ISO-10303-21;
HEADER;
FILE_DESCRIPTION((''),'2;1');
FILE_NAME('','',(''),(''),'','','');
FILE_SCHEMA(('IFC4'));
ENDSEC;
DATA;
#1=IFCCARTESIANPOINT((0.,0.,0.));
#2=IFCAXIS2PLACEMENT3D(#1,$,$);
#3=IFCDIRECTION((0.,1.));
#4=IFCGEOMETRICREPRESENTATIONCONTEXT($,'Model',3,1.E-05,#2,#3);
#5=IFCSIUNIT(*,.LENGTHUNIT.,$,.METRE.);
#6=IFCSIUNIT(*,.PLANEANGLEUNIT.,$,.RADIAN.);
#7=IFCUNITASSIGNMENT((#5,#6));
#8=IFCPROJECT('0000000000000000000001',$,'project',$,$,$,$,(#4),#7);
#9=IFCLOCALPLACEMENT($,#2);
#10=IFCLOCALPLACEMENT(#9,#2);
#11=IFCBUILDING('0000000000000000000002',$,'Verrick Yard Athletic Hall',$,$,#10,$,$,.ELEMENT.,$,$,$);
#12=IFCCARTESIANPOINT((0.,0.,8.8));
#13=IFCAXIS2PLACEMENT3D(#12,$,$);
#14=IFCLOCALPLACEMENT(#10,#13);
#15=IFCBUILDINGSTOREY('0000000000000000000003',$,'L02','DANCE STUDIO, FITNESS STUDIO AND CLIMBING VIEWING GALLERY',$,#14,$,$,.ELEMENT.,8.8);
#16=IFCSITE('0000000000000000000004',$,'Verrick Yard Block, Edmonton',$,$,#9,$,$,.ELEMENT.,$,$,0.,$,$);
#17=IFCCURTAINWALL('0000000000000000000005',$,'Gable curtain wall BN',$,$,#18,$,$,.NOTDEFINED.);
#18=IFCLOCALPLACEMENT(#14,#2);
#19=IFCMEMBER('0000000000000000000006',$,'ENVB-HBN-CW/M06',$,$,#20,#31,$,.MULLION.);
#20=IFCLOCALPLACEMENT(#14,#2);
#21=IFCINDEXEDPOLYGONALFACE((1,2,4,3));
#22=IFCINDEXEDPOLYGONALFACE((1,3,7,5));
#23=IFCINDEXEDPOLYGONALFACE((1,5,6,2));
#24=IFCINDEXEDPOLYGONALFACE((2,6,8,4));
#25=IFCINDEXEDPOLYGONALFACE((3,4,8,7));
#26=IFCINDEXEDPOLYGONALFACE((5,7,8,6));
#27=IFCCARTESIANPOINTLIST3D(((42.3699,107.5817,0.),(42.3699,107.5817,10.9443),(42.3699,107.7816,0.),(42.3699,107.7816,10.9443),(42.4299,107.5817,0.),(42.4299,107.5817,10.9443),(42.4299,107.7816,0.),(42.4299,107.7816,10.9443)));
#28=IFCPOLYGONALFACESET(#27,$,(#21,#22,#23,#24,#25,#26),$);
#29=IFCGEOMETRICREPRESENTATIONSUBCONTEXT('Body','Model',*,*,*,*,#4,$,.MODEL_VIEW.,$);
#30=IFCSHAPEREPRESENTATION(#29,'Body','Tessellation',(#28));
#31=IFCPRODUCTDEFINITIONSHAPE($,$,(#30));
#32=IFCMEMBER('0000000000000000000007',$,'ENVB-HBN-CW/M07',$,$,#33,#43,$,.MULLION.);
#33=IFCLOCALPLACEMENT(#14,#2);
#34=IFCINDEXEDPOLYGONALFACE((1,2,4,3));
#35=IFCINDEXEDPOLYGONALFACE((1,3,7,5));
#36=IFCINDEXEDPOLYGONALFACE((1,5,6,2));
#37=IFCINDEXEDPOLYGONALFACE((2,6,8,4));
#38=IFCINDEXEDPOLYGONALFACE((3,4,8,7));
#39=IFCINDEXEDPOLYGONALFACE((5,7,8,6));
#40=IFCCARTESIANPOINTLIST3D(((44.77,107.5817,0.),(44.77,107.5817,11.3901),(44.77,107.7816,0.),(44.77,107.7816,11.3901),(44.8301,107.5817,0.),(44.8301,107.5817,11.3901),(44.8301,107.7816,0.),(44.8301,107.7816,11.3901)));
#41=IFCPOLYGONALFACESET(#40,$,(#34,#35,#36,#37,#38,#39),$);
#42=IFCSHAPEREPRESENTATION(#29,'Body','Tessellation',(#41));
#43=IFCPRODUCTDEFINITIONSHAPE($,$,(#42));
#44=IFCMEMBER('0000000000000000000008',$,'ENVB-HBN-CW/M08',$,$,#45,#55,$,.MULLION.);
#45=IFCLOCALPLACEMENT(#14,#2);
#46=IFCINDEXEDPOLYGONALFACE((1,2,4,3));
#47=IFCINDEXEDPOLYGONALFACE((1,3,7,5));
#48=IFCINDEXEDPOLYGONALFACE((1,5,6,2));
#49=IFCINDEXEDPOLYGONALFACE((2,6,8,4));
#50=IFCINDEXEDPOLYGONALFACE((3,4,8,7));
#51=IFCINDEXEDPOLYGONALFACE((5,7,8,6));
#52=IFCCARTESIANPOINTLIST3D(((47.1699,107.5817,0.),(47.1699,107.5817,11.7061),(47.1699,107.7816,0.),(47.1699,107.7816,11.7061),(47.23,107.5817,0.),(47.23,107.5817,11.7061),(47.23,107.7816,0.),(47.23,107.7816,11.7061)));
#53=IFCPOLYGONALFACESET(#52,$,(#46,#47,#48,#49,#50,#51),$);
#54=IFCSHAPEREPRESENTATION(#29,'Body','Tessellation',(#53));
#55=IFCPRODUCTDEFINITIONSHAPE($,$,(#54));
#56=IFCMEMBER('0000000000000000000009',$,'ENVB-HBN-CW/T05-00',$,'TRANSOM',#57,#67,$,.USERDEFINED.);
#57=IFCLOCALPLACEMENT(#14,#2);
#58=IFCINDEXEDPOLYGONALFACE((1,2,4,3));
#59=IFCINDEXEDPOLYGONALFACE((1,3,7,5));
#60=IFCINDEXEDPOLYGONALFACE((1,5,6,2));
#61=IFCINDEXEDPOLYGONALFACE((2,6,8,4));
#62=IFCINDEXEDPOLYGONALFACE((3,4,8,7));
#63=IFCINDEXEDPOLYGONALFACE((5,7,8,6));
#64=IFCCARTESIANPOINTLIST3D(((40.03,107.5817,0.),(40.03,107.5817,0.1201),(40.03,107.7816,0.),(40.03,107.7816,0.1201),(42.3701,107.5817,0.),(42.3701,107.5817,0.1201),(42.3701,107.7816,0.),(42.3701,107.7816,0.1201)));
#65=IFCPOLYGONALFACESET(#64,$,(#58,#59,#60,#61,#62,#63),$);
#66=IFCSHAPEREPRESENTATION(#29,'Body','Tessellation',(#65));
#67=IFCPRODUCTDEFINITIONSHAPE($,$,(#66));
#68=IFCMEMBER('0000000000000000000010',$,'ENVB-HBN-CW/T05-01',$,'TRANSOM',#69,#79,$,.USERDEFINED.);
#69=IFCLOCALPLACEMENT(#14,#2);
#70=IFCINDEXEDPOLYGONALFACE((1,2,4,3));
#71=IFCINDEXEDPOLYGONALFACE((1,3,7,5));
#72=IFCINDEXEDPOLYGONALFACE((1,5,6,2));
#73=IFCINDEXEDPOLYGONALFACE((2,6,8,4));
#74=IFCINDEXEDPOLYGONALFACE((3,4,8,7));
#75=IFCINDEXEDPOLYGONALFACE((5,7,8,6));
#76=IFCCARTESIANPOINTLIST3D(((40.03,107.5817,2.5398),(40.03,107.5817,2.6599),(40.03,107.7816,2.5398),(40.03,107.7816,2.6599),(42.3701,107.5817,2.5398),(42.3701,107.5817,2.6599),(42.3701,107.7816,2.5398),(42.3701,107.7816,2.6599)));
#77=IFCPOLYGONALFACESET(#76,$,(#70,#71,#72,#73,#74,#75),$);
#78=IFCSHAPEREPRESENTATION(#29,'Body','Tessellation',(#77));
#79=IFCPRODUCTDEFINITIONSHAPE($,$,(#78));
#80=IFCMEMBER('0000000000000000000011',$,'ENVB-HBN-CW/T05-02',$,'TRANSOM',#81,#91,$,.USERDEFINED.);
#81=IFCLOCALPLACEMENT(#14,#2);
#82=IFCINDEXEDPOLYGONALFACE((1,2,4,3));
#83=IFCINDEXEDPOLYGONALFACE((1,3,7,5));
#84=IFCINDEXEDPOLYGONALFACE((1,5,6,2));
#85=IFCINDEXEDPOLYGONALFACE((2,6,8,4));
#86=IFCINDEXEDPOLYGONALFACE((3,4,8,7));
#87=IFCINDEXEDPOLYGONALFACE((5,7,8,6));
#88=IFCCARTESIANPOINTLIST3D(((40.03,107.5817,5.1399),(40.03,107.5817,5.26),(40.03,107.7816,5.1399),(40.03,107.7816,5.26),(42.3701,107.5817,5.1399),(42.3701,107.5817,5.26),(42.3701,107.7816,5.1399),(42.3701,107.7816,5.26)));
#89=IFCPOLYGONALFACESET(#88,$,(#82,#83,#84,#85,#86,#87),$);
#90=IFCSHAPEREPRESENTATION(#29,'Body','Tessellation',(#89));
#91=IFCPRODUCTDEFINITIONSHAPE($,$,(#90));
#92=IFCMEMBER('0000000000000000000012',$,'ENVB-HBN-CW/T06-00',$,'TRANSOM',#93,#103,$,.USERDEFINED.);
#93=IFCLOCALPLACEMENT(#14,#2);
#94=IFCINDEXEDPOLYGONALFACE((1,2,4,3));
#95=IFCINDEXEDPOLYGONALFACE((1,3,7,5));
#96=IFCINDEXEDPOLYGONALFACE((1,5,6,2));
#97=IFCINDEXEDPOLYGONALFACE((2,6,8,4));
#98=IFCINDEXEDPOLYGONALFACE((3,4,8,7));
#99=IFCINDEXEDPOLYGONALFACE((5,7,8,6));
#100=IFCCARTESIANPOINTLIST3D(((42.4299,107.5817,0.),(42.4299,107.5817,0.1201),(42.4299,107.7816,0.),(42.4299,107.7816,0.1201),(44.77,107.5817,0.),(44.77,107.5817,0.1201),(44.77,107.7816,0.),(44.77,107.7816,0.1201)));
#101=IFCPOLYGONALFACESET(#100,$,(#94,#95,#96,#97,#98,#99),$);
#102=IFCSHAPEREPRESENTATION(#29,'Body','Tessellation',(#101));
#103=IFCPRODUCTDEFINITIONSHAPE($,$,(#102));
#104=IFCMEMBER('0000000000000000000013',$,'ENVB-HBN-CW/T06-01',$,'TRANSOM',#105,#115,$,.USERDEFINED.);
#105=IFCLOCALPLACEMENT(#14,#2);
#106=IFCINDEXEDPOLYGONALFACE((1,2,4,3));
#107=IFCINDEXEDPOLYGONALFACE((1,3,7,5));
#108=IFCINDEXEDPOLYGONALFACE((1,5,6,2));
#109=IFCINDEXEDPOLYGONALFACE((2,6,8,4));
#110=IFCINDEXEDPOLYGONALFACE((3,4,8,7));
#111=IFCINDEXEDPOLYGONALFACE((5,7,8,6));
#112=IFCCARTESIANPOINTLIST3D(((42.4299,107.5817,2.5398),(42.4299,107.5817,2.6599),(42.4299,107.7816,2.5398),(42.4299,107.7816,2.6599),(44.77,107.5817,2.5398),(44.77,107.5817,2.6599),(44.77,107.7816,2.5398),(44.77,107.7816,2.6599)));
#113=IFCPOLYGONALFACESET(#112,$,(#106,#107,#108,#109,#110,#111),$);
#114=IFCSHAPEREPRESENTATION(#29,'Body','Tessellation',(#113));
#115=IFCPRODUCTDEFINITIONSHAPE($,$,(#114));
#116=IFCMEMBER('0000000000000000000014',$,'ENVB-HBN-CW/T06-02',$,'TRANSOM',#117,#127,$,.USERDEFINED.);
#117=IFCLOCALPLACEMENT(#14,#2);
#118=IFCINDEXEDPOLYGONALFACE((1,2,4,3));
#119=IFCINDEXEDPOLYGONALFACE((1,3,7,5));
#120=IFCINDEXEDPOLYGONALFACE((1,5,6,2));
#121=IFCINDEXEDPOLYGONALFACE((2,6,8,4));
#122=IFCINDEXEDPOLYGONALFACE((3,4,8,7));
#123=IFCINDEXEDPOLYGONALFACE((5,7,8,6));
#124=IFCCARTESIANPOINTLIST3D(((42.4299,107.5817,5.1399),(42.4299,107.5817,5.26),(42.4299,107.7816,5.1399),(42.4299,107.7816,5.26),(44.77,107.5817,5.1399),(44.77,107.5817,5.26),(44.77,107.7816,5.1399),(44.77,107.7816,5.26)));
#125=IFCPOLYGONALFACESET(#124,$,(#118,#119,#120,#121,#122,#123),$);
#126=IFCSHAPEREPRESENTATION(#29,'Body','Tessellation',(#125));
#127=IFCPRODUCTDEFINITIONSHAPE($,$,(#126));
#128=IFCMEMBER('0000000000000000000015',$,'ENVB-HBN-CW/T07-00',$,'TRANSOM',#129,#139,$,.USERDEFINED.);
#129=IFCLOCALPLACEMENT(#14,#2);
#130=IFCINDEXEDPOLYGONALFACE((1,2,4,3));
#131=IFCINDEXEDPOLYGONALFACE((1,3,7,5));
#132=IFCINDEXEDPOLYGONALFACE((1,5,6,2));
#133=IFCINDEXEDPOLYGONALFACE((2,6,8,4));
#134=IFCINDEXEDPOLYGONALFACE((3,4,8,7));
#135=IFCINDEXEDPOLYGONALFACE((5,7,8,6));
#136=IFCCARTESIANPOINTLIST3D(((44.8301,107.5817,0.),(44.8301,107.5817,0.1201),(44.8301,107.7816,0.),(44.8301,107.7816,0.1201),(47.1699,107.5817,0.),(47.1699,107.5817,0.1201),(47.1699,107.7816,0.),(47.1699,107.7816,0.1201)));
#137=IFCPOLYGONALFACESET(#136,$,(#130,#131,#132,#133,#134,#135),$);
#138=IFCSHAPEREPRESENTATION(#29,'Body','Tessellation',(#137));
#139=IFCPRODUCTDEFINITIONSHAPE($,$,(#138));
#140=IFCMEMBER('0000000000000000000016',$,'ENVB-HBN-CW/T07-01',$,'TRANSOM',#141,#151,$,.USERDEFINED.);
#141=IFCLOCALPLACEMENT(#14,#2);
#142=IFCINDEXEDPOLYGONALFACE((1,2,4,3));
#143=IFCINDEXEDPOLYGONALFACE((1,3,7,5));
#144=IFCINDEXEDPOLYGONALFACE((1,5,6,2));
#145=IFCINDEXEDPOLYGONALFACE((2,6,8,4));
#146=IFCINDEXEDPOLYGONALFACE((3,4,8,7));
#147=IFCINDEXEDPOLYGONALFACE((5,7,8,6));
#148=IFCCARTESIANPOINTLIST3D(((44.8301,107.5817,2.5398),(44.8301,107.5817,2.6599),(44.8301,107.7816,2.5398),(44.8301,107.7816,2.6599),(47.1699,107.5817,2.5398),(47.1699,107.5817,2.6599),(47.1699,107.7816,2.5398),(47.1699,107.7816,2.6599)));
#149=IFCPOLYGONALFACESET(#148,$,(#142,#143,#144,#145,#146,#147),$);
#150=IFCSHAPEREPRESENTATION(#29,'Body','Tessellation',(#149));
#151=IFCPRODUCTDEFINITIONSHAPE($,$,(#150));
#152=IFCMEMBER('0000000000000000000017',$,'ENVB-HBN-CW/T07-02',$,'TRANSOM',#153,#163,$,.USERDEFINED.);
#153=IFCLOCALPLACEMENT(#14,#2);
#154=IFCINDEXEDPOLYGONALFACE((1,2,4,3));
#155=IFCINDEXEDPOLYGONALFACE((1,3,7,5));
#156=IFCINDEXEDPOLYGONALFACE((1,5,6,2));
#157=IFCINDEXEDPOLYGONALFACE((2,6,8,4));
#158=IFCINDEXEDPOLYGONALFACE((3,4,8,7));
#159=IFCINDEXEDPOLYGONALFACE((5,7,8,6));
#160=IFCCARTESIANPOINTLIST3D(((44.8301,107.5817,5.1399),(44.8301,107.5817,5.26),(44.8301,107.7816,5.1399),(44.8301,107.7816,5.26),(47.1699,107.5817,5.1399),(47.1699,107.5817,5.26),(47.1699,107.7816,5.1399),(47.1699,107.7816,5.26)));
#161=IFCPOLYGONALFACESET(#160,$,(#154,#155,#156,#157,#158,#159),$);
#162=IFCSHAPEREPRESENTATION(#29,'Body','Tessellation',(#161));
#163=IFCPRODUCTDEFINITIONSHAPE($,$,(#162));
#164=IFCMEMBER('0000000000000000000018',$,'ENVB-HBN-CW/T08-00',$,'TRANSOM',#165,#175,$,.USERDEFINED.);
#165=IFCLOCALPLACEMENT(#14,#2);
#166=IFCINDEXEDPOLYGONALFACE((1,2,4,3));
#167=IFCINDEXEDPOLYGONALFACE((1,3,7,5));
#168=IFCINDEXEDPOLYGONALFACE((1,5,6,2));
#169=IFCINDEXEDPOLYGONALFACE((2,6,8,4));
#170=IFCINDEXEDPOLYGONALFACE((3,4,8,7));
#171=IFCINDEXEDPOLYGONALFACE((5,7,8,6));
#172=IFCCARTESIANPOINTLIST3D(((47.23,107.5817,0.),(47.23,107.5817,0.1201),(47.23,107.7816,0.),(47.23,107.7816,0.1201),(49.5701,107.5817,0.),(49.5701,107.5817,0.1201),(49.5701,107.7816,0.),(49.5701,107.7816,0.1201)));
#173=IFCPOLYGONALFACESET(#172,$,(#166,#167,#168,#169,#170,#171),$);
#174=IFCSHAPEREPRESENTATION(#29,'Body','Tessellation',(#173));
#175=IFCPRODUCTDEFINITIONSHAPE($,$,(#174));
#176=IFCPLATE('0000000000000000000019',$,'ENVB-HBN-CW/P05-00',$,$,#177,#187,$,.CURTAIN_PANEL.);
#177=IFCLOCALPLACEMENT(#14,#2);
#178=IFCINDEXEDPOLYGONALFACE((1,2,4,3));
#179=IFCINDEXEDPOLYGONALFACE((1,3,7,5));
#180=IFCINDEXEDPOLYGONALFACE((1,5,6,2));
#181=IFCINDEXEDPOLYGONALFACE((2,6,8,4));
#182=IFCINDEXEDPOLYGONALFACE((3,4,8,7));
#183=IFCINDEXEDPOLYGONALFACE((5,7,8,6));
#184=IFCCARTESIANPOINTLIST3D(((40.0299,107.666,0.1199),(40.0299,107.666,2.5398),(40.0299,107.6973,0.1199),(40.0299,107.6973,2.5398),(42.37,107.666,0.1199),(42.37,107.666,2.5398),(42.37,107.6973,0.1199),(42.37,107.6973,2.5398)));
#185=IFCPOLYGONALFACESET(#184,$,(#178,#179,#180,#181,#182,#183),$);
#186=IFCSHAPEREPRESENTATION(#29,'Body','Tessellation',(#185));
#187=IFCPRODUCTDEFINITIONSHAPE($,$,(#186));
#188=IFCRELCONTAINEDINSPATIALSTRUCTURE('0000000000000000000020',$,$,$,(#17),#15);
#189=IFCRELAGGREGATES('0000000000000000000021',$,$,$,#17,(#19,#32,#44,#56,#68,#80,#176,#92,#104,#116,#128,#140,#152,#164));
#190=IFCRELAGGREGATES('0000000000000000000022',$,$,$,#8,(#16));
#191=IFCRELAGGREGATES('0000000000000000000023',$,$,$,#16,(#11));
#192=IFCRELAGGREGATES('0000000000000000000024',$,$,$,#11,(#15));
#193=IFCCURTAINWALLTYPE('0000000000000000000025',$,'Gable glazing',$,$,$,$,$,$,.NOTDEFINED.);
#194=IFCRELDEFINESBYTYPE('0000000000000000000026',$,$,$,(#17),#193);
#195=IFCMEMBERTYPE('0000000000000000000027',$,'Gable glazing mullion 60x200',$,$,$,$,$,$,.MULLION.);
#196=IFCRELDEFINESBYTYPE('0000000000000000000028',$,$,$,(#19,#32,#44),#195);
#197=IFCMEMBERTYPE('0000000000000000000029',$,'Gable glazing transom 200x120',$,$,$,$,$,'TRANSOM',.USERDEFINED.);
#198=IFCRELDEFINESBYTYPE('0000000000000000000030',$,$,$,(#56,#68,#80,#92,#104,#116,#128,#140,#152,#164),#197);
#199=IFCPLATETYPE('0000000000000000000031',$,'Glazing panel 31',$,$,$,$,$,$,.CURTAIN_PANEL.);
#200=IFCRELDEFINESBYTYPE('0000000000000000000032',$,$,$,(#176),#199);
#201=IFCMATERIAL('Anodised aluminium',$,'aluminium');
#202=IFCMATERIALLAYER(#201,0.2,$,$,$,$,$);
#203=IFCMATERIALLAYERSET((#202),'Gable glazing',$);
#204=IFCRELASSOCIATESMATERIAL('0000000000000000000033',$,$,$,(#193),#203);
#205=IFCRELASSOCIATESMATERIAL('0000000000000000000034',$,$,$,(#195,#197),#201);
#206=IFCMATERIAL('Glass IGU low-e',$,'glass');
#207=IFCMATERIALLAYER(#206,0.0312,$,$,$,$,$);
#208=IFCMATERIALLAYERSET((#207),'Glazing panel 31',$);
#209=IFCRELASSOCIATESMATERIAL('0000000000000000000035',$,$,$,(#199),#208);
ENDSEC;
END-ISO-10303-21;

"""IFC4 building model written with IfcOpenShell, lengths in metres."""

from ifc_helpers import new_model, si_unit, direction, frame, origin, origin_2d, place, context, subcontext, project, spatial, rectangle, extrude, material, layer, layer_set, material_profile, profile_set, type_object, element, aggregate, save


model = new_model("IFC4")

# Units and contexts
model_context = context("Model", 3, precision=1e-05, world=origin(), true_north=direction((0.0, 1.0)))
body_context = subcontext(model_context, "Body", "Model", "MODEL_VIEW")
ifc_project = project(units=[si_unit("LENGTHUNIT", "METRE"), si_unit("PLANEANGLEUNIT", "RADIAN")], contexts=[model_context])

# Site, building, storey
site_placement = place(None, origin())
site = spatial("IfcSite", under=ifc_project, at=site_placement, Name="Verrick Yard Block, Edmonton", CompositionType="ELEMENT", RefElevation=0.0)
building_placement = place(site_placement, origin())
building = spatial("IfcBuilding", under=site, at=building_placement, Name="Verrick Yard Athletic Hall", CompositionType="ELEMENT")
storey_placement = place(building_placement, frame((0.0, 0.0, 8.8)))
storey = spatial("IfcBuildingStorey", under=building, at=storey_placement, Name="L02", Description="DANCE STUDIO, FITNESS STUDIO AND CLIMBING VIEWING GALLERY", CompositionType="ELEMENT", Elevation=8.8)

# Curtain wall, members, plate
ifc_material_1 = material(Name="Anodised aluminium", Category="aluminium")
ifc_layer_1 = layer(ifc_material_1, 0.2)
ifc_layer_set_1 = layer_set([ifc_layer_1], Name="Gable glazing")
curtain_wall_type = type_object("IfcCurtainWallType", Name="Gable glazing", PredefinedType="NOTDEFINED", material=ifc_layer_set_1)
curtain_wall_placement = place(storey_placement, origin())
curtain_wall = element("IfcCurtainWall", 1, at=curtain_wall_placement, inside=storey, type_object=curtain_wall_type, Name="Gable curtain wall BN", PredefinedType="NOTDEFINED")
ifc_material_profile_1 = material_profile(ifc_material_1, rectangle(XDim=0.2, YDim=0.0601, at=origin_2d()), Name="CW gable mullion 60x200")
ifc_profile_set_1 = profile_set([ifc_material_profile_1], Name="Anodised aluminium")
member_type_1 = type_object("IfcMemberType", Name="Gable glazing mullion 60x200", PredefinedType="MULLION", material=ifc_profile_set_1)
member_1_placement = place(storey_placement, frame((42.3999, 107.6816, 0.0), z_axis=(0.0, 0.0, 1.0), x_axis=(0.0, 1.0, 0.0)))
member_1 = element("IfcMember", 2, at=member_1_placement, type_object=member_type_1, Name="ENVB-HBN-CW/M06", PredefinedType="MULLION", context=body_context, shape_type="SweptSolid", body=[
    extrude(rectangle(XDim=0.2, YDim=0.0601, at=origin_2d()), origin(), (0.0, 0.0, 1.0), 10.9443),
])
member_2_placement = place(storey_placement, frame((44.8, 107.6816, 0.0), z_axis=(0.0, 0.0, 1.0), x_axis=(0.0, 1.0, 0.0)))
member_2 = element("IfcMember", 3, at=member_2_placement, type_object=member_type_1, Name="ENVB-HBN-CW/M07", PredefinedType="MULLION", context=body_context, shape_type="SweptSolid", body=[
    extrude(rectangle(XDim=0.2, YDim=0.0601, at=origin_2d()), origin(), (0.0, 0.0, 1.0), 11.3901),
])
member_3_placement = place(storey_placement, frame((47.2, 107.6816, 0.0), z_axis=(0.0, 0.0, 1.0), x_axis=(0.0, 1.0, 0.0)))
member_3 = element("IfcMember", 4, at=member_3_placement, type_object=member_type_1, Name="ENVB-HBN-CW/M08", PredefinedType="MULLION", context=body_context, shape_type="SweptSolid", body=[
    extrude(rectangle(XDim=0.2, YDim=0.0601, at=origin_2d()), origin(), (0.0, 0.0, 1.0), 11.7061),
])
ifc_material_profile_2 = material_profile(ifc_material_1, rectangle(XDim=0.2, YDim=0.1201, at=origin_2d()), Name="CW gable transom 200x120")
ifc_profile_set_2 = profile_set([ifc_material_profile_2], Name="Anodised aluminium")
member_type_2 = type_object("IfcMemberType", Name="Gable glazing transom 200x120", ElementType="TRANSOM", PredefinedType="USERDEFINED", material=ifc_profile_set_2)
member_4_placement = place(storey_placement, frame((40.03, 107.6816, 0.0601), z_axis=(1.0, 0.0, 0.0), x_axis=(0.0, 1.0, 0.0)))
member_4 = element("IfcMember", 5, at=member_4_placement, type_object=member_type_2, Name="ENVB-HBN-CW/T05-00", ObjectType="TRANSOM", PredefinedType="USERDEFINED", context=body_context, shape_type="SweptSolid", body=[
    extrude(rectangle(XDim=0.2, YDim=0.1201, at=origin_2d()), origin(), (0.0, 0.0, 1.0), 2.3401),
])
member_5_placement = place(storey_placement, frame((40.03, 107.6816, 2.5999), z_axis=(1.0, 0.0, 0.0), x_axis=(0.0, 1.0, 0.0)))
member_5 = element("IfcMember", 6, at=member_5_placement, type_object=member_type_2, Name="ENVB-HBN-CW/T05-01", ObjectType="TRANSOM", PredefinedType="USERDEFINED", context=body_context, shape_type="SweptSolid", body=[
    extrude(rectangle(XDim=0.2, YDim=0.1201, at=origin_2d()), origin(), (0.0, 0.0, 1.0), 2.3401),
])
member_6_placement = place(storey_placement, frame((40.03, 107.6816, 5.2), z_axis=(1.0, 0.0, 0.0), x_axis=(0.0, 1.0, 0.0)))
member_6 = element("IfcMember", 7, at=member_6_placement, type_object=member_type_2, Name="ENVB-HBN-CW/T05-02", ObjectType="TRANSOM", PredefinedType="USERDEFINED", context=body_context, shape_type="SweptSolid", body=[
    extrude(rectangle(XDim=0.2, YDim=0.1201, at=origin_2d()), origin(), (0.0, 0.0, 1.0), 2.3401),
])
member_7_placement = place(storey_placement, frame((42.4299, 107.6816, 0.0601), z_axis=(1.0, 0.0, 0.0), x_axis=(0.0, 1.0, 0.0)))
member_7 = element("IfcMember", 8, at=member_7_placement, type_object=member_type_2, Name="ENVB-HBN-CW/T06-00", ObjectType="TRANSOM", PredefinedType="USERDEFINED", context=body_context, shape_type="SweptSolid", body=[
    extrude(rectangle(XDim=0.2, YDim=0.1201, at=origin_2d()), origin(), (0.0, 0.0, 1.0), 2.3401),
])
member_8_placement = place(storey_placement, frame((42.4299, 107.6816, 2.5999), z_axis=(1.0, 0.0, 0.0), x_axis=(0.0, 1.0, 0.0)))
member_8 = element("IfcMember", 9, at=member_8_placement, type_object=member_type_2, Name="ENVB-HBN-CW/T06-01", ObjectType="TRANSOM", PredefinedType="USERDEFINED", context=body_context, shape_type="SweptSolid", body=[
    extrude(rectangle(XDim=0.2, YDim=0.1201, at=origin_2d()), origin(), (0.0, 0.0, 1.0), 2.3401),
])
member_9_placement = place(storey_placement, frame((42.4299, 107.6816, 5.2), z_axis=(1.0, 0.0, 0.0), x_axis=(0.0, 1.0, 0.0)))
member_9 = element("IfcMember", 10, at=member_9_placement, type_object=member_type_2, Name="ENVB-HBN-CW/T06-02", ObjectType="TRANSOM", PredefinedType="USERDEFINED", context=body_context, shape_type="SweptSolid", body=[
    extrude(rectangle(XDim=0.2, YDim=0.1201, at=origin_2d()), origin(), (0.0, 0.0, 1.0), 2.3401),
])
member_10_placement = place(storey_placement, frame((44.8301, 107.6816, 0.0601), z_axis=(1.0, 0.0, 0.0), x_axis=(0.0, 1.0, 0.0)))
member_10 = element("IfcMember", 11, at=member_10_placement, type_object=member_type_2, Name="ENVB-HBN-CW/T07-00", ObjectType="TRANSOM", PredefinedType="USERDEFINED", context=body_context, shape_type="SweptSolid", body=[
    extrude(rectangle(XDim=0.2, YDim=0.1201, at=origin_2d()), origin(), (0.0, 0.0, 1.0), 2.3398),
])
member_11_placement = place(storey_placement, frame((44.8301, 107.6816, 2.5999), z_axis=(1.0, 0.0, 0.0), x_axis=(0.0, 1.0, 0.0)))
member_11 = element("IfcMember", 12, at=member_11_placement, type_object=member_type_2, Name="ENVB-HBN-CW/T07-01", ObjectType="TRANSOM", PredefinedType="USERDEFINED", context=body_context, shape_type="SweptSolid", body=[
    extrude(rectangle(XDim=0.2, YDim=0.1201, at=origin_2d()), origin(), (0.0, 0.0, 1.0), 2.3398),
])
member_12_placement = place(storey_placement, frame((44.8301, 107.6816, 5.2), z_axis=(1.0, 0.0, 0.0), x_axis=(0.0, 1.0, 0.0)))
member_12 = element("IfcMember", 13, at=member_12_placement, type_object=member_type_2, Name="ENVB-HBN-CW/T07-02", ObjectType="TRANSOM", PredefinedType="USERDEFINED", context=body_context, shape_type="SweptSolid", body=[
    extrude(rectangle(XDim=0.2, YDim=0.1201, at=origin_2d()), origin(), (0.0, 0.0, 1.0), 2.3398),
])
member_13_placement = place(storey_placement, frame((47.23, 107.6816, 0.0601), z_axis=(1.0, 0.0, 0.0), x_axis=(0.0, 1.0, 0.0)))
member_13 = element("IfcMember", 14, at=member_13_placement, type_object=member_type_2, Name="ENVB-HBN-CW/T08-00", ObjectType="TRANSOM", PredefinedType="USERDEFINED", context=body_context, shape_type="SweptSolid", body=[
    extrude(rectangle(XDim=0.2, YDim=0.1201, at=origin_2d()), origin(), (0.0, 0.0, 1.0), 2.3401),
])
ifc_material_2 = material(Name="Glass IGU low-e", Category="glass")
ifc_layer_2 = layer(ifc_material_2, 0.0312)
ifc_layer_set_2 = layer_set([ifc_layer_2], Name="Glazing panel 31")
plate_type = type_object("IfcPlateType", Name="Glazing panel 31", PredefinedType="CURTAIN_PANEL", material=ifc_layer_set_2)
plate_1_placement = place(storey_placement, frame((41.2, 107.6816, 0.1199), z_axis=(0.0, 0.0, 1.0), x_axis=(1.0, 0.0, 0.0)))
plate_1 = element("IfcPlate", 15, at=plate_1_placement, type_object=plate_type, Name="ENVB-HBN-CW/P05-00", PredefinedType="CURTAIN_PANEL", context=body_context, shape_type="SweptSolid", body=[
    extrude(rectangle(XDim=2.3401, YDim=0.0312, at=origin_2d()), origin(), (0.0, 0.0, 1.0), 2.4199),
])
aggregate(curtain_wall, [member_1, member_2, member_3, member_4, member_5, member_6, plate_1, member_7, member_8, member_9, member_10, member_11, member_12, member_13])

save(model, "model.ifc")
